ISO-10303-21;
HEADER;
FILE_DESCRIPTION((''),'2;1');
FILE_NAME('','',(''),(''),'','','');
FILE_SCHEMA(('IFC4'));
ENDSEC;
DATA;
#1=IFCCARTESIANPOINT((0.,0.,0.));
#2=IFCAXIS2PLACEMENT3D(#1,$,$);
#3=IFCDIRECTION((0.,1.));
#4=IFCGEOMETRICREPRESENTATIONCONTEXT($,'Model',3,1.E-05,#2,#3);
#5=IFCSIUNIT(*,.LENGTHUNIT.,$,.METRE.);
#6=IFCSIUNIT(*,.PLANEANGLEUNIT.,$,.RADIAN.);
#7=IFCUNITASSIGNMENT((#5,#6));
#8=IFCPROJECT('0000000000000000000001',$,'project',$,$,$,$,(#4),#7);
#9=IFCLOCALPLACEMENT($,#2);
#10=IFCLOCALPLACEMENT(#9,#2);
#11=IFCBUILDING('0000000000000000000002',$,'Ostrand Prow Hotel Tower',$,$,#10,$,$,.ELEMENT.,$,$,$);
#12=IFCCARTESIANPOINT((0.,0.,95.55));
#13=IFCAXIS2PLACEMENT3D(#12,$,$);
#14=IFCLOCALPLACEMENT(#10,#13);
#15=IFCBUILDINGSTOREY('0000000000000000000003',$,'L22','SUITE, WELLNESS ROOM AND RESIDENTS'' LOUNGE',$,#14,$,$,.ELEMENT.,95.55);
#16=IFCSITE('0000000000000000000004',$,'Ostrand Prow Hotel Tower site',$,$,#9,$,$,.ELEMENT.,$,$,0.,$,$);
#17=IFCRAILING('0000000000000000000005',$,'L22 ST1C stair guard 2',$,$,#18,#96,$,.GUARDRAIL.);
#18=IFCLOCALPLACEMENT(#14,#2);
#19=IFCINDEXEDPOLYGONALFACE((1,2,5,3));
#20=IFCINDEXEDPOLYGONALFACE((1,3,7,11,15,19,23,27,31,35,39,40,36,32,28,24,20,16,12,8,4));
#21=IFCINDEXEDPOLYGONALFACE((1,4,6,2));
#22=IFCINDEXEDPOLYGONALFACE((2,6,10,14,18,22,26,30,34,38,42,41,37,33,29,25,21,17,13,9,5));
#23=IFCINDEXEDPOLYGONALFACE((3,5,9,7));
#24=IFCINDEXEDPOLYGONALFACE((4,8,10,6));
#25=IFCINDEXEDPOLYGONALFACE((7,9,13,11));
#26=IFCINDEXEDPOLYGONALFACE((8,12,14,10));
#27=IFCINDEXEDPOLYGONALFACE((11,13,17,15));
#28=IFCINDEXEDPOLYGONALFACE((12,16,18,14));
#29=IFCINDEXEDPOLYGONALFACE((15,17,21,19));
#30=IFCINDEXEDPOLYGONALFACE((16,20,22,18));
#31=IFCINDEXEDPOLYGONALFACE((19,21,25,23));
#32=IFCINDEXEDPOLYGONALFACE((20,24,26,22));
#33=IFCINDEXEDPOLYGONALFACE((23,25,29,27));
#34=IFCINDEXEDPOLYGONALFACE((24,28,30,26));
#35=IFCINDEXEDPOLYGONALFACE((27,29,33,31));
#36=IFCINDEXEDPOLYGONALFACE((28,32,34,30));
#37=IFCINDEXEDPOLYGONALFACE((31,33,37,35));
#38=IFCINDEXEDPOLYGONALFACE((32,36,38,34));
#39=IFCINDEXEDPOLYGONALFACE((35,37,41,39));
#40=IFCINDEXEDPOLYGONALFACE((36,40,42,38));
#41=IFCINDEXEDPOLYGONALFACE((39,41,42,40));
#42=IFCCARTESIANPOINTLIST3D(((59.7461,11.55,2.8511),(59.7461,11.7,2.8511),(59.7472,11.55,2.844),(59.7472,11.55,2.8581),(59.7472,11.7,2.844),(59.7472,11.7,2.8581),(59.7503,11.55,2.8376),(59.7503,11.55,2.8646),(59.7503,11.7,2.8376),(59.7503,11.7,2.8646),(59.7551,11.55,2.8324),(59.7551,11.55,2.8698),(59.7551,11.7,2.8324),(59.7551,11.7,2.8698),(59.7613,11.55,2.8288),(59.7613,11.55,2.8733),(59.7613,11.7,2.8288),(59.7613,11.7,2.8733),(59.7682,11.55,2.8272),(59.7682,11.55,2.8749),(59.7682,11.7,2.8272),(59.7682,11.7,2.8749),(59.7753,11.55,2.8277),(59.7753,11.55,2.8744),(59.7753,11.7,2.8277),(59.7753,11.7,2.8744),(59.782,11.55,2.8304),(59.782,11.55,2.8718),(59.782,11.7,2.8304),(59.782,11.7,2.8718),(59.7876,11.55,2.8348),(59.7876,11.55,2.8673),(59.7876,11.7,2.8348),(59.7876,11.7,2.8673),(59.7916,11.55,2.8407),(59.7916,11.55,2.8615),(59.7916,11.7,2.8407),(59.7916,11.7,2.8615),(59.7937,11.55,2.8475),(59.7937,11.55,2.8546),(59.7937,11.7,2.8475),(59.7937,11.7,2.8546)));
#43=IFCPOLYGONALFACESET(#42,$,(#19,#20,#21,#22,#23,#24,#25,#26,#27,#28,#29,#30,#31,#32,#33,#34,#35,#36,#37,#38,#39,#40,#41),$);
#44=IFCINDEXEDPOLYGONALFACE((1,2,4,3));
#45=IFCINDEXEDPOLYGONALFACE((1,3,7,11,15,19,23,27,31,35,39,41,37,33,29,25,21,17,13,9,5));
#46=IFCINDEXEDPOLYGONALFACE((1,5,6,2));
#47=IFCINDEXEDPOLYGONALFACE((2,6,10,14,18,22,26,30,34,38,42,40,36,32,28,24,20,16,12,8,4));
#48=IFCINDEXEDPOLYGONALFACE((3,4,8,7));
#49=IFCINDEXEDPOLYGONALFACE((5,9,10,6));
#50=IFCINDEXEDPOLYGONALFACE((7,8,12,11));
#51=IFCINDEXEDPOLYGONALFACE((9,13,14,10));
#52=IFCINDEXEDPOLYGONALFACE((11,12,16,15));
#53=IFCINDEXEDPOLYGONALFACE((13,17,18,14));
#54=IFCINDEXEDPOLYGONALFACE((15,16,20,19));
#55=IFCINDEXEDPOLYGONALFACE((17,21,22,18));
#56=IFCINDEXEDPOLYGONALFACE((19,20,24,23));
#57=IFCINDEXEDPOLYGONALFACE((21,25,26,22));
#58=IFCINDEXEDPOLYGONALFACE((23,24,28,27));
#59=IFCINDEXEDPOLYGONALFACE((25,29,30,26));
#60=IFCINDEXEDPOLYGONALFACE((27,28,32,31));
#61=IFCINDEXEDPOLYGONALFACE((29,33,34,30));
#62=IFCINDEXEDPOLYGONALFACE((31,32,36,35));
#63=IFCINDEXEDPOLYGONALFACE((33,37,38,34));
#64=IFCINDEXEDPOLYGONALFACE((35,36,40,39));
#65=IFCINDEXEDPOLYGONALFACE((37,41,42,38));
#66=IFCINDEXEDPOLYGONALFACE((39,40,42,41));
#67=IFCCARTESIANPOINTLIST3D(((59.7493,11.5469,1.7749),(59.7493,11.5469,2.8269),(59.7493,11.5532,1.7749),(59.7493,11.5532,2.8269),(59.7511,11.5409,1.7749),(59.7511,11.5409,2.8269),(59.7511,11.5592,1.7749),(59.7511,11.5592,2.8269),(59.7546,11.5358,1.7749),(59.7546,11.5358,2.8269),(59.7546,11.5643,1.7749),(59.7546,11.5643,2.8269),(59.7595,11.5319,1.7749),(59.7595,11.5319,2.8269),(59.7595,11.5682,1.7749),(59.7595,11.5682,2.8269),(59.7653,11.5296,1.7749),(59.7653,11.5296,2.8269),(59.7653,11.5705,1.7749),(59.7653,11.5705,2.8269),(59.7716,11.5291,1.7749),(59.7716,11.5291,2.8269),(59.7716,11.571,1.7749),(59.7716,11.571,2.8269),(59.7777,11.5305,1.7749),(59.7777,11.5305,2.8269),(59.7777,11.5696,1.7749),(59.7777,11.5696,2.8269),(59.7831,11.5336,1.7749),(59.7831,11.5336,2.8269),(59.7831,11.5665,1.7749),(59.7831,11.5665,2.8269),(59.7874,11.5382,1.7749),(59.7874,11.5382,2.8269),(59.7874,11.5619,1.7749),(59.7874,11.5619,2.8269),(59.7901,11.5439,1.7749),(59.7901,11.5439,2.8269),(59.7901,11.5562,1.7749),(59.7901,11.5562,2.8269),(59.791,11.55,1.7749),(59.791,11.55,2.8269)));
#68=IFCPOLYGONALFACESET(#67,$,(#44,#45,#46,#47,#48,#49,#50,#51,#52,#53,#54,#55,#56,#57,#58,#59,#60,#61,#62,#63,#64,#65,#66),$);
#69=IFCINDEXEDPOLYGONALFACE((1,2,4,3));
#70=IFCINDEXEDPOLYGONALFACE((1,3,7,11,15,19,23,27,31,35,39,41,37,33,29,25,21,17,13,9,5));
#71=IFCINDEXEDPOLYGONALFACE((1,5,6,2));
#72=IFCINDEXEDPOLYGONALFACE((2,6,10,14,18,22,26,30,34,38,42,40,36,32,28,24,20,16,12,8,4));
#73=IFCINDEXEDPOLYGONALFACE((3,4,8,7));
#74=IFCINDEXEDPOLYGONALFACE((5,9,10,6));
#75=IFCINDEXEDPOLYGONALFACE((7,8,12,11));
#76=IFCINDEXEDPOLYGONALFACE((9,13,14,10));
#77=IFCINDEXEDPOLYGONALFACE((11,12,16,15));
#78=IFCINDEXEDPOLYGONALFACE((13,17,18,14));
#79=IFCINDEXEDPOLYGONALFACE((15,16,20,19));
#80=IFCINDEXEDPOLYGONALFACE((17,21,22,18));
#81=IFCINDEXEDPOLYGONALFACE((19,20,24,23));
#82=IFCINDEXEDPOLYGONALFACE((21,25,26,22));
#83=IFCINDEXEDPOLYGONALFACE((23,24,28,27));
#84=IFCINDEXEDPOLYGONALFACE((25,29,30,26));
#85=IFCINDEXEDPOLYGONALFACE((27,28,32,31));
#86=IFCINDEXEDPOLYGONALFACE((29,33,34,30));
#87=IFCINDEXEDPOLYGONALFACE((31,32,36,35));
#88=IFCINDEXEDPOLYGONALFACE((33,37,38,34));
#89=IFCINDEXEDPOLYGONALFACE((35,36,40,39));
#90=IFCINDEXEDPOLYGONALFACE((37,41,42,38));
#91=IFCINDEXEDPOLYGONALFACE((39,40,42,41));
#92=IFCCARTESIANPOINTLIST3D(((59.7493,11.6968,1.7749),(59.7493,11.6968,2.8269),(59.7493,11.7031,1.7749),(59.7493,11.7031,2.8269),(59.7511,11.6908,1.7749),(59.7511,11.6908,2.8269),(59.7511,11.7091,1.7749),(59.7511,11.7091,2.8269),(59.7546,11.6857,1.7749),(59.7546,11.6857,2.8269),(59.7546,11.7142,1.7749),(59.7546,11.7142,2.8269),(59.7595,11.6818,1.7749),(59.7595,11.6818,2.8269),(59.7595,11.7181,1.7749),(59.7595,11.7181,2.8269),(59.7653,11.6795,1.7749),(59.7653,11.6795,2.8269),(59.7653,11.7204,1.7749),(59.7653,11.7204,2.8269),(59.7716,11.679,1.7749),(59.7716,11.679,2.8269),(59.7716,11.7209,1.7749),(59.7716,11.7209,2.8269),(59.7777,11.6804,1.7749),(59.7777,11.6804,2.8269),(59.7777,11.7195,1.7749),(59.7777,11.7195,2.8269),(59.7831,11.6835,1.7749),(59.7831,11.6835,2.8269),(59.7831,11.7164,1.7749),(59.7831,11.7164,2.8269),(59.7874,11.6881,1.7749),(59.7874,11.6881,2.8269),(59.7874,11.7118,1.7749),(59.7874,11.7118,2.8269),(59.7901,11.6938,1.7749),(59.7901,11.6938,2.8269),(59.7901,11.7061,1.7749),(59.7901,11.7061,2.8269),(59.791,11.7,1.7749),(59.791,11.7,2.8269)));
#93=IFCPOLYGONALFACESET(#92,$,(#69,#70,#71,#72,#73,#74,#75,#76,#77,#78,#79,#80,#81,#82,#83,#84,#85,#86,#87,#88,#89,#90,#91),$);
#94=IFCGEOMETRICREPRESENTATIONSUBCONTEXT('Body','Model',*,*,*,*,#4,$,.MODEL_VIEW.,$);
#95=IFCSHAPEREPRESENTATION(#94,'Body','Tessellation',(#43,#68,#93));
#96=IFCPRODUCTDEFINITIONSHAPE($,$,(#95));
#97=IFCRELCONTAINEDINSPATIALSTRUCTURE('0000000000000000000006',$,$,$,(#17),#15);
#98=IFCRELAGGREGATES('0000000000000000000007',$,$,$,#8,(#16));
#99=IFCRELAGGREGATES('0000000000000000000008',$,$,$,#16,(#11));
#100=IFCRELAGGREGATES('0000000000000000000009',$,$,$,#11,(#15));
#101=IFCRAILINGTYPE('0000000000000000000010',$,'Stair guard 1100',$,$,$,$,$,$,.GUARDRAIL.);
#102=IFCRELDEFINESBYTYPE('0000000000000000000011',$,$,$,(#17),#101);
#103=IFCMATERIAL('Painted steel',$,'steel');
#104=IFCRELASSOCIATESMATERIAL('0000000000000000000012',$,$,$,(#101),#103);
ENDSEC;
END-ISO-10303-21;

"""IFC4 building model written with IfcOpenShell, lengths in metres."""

from ifc_helpers import new_model, si_unit, direction, frame, origin, origin_2d, place, context, subcontext, project, spatial, circle, extrude, material, type_object, element, save


model = new_model("IFC4")

# Units and contexts
model_context = context("Model", 3, precision=1e-05, world=origin(), true_north=direction((0.0, 1.0)))
body_context = subcontext(model_context, "Body", "Model", "MODEL_VIEW")
ifc_project = project(units=[si_unit("LENGTHUNIT", "METRE"), si_unit("PLANEANGLEUNIT", "RADIAN")], contexts=[model_context])

# Site, building, storey
site_placement = place(None, origin())
site = spatial("IfcSite", under=ifc_project, at=site_placement, Name="Ostrand Prow Hotel Tower site", CompositionType="ELEMENT", RefElevation=0.0)
building_placement = place(site_placement, origin())
building = spatial("IfcBuilding", under=site, at=building_placement, Name="Ostrand Prow Hotel Tower", CompositionType="ELEMENT")
storey_placement = place(building_placement, frame((0.0, 0.0, 95.55)))
storey = spatial("IfcBuildingStorey", under=building, at=storey_placement, Name="L22", Description="SUITE, WELLNESS ROOM AND RESIDENTS' LOUNGE", CompositionType="ELEMENT", Elevation=95.55)

# Railing
ifc_material_1 = material(Name="Painted steel", Category="steel")
railing_type_1 = type_object("IfcRailingType", Name="Stair guard 1100", PredefinedType="GUARDRAIL", material=ifc_material_1)
railing_1_placement = place(storey_placement, frame((59.77, 11.55, 1.7749)))
element("IfcRailing", 1, at=railing_1_placement, inside=storey, type_object=railing_type_1, Name="L22 ST1C stair guard 2", PredefinedType="GUARDRAIL", context=body_context, shape_type="SweptSolid", body=[
    extrude(circle(Radius=0.0239, at=origin_2d()), frame((0.0, 0.0, 1.0762), z_axis=(0.0, 1.0, 0.0), x_axis=(-1.0, 0.0, 0.0)), (0.0, 0.0, 1.0), 0.1499),
    extrude(circle(Radius=0.021, at=origin_2d()), origin(), (0.0, 0.0, 1.0), 1.052),
    extrude(circle(Radius=0.021, at=origin_2d()), frame((0.0, 0.1499, 0.0)), (0.0, 0.0, 1.0), 1.052),
])

save(model, "model.ifc")
